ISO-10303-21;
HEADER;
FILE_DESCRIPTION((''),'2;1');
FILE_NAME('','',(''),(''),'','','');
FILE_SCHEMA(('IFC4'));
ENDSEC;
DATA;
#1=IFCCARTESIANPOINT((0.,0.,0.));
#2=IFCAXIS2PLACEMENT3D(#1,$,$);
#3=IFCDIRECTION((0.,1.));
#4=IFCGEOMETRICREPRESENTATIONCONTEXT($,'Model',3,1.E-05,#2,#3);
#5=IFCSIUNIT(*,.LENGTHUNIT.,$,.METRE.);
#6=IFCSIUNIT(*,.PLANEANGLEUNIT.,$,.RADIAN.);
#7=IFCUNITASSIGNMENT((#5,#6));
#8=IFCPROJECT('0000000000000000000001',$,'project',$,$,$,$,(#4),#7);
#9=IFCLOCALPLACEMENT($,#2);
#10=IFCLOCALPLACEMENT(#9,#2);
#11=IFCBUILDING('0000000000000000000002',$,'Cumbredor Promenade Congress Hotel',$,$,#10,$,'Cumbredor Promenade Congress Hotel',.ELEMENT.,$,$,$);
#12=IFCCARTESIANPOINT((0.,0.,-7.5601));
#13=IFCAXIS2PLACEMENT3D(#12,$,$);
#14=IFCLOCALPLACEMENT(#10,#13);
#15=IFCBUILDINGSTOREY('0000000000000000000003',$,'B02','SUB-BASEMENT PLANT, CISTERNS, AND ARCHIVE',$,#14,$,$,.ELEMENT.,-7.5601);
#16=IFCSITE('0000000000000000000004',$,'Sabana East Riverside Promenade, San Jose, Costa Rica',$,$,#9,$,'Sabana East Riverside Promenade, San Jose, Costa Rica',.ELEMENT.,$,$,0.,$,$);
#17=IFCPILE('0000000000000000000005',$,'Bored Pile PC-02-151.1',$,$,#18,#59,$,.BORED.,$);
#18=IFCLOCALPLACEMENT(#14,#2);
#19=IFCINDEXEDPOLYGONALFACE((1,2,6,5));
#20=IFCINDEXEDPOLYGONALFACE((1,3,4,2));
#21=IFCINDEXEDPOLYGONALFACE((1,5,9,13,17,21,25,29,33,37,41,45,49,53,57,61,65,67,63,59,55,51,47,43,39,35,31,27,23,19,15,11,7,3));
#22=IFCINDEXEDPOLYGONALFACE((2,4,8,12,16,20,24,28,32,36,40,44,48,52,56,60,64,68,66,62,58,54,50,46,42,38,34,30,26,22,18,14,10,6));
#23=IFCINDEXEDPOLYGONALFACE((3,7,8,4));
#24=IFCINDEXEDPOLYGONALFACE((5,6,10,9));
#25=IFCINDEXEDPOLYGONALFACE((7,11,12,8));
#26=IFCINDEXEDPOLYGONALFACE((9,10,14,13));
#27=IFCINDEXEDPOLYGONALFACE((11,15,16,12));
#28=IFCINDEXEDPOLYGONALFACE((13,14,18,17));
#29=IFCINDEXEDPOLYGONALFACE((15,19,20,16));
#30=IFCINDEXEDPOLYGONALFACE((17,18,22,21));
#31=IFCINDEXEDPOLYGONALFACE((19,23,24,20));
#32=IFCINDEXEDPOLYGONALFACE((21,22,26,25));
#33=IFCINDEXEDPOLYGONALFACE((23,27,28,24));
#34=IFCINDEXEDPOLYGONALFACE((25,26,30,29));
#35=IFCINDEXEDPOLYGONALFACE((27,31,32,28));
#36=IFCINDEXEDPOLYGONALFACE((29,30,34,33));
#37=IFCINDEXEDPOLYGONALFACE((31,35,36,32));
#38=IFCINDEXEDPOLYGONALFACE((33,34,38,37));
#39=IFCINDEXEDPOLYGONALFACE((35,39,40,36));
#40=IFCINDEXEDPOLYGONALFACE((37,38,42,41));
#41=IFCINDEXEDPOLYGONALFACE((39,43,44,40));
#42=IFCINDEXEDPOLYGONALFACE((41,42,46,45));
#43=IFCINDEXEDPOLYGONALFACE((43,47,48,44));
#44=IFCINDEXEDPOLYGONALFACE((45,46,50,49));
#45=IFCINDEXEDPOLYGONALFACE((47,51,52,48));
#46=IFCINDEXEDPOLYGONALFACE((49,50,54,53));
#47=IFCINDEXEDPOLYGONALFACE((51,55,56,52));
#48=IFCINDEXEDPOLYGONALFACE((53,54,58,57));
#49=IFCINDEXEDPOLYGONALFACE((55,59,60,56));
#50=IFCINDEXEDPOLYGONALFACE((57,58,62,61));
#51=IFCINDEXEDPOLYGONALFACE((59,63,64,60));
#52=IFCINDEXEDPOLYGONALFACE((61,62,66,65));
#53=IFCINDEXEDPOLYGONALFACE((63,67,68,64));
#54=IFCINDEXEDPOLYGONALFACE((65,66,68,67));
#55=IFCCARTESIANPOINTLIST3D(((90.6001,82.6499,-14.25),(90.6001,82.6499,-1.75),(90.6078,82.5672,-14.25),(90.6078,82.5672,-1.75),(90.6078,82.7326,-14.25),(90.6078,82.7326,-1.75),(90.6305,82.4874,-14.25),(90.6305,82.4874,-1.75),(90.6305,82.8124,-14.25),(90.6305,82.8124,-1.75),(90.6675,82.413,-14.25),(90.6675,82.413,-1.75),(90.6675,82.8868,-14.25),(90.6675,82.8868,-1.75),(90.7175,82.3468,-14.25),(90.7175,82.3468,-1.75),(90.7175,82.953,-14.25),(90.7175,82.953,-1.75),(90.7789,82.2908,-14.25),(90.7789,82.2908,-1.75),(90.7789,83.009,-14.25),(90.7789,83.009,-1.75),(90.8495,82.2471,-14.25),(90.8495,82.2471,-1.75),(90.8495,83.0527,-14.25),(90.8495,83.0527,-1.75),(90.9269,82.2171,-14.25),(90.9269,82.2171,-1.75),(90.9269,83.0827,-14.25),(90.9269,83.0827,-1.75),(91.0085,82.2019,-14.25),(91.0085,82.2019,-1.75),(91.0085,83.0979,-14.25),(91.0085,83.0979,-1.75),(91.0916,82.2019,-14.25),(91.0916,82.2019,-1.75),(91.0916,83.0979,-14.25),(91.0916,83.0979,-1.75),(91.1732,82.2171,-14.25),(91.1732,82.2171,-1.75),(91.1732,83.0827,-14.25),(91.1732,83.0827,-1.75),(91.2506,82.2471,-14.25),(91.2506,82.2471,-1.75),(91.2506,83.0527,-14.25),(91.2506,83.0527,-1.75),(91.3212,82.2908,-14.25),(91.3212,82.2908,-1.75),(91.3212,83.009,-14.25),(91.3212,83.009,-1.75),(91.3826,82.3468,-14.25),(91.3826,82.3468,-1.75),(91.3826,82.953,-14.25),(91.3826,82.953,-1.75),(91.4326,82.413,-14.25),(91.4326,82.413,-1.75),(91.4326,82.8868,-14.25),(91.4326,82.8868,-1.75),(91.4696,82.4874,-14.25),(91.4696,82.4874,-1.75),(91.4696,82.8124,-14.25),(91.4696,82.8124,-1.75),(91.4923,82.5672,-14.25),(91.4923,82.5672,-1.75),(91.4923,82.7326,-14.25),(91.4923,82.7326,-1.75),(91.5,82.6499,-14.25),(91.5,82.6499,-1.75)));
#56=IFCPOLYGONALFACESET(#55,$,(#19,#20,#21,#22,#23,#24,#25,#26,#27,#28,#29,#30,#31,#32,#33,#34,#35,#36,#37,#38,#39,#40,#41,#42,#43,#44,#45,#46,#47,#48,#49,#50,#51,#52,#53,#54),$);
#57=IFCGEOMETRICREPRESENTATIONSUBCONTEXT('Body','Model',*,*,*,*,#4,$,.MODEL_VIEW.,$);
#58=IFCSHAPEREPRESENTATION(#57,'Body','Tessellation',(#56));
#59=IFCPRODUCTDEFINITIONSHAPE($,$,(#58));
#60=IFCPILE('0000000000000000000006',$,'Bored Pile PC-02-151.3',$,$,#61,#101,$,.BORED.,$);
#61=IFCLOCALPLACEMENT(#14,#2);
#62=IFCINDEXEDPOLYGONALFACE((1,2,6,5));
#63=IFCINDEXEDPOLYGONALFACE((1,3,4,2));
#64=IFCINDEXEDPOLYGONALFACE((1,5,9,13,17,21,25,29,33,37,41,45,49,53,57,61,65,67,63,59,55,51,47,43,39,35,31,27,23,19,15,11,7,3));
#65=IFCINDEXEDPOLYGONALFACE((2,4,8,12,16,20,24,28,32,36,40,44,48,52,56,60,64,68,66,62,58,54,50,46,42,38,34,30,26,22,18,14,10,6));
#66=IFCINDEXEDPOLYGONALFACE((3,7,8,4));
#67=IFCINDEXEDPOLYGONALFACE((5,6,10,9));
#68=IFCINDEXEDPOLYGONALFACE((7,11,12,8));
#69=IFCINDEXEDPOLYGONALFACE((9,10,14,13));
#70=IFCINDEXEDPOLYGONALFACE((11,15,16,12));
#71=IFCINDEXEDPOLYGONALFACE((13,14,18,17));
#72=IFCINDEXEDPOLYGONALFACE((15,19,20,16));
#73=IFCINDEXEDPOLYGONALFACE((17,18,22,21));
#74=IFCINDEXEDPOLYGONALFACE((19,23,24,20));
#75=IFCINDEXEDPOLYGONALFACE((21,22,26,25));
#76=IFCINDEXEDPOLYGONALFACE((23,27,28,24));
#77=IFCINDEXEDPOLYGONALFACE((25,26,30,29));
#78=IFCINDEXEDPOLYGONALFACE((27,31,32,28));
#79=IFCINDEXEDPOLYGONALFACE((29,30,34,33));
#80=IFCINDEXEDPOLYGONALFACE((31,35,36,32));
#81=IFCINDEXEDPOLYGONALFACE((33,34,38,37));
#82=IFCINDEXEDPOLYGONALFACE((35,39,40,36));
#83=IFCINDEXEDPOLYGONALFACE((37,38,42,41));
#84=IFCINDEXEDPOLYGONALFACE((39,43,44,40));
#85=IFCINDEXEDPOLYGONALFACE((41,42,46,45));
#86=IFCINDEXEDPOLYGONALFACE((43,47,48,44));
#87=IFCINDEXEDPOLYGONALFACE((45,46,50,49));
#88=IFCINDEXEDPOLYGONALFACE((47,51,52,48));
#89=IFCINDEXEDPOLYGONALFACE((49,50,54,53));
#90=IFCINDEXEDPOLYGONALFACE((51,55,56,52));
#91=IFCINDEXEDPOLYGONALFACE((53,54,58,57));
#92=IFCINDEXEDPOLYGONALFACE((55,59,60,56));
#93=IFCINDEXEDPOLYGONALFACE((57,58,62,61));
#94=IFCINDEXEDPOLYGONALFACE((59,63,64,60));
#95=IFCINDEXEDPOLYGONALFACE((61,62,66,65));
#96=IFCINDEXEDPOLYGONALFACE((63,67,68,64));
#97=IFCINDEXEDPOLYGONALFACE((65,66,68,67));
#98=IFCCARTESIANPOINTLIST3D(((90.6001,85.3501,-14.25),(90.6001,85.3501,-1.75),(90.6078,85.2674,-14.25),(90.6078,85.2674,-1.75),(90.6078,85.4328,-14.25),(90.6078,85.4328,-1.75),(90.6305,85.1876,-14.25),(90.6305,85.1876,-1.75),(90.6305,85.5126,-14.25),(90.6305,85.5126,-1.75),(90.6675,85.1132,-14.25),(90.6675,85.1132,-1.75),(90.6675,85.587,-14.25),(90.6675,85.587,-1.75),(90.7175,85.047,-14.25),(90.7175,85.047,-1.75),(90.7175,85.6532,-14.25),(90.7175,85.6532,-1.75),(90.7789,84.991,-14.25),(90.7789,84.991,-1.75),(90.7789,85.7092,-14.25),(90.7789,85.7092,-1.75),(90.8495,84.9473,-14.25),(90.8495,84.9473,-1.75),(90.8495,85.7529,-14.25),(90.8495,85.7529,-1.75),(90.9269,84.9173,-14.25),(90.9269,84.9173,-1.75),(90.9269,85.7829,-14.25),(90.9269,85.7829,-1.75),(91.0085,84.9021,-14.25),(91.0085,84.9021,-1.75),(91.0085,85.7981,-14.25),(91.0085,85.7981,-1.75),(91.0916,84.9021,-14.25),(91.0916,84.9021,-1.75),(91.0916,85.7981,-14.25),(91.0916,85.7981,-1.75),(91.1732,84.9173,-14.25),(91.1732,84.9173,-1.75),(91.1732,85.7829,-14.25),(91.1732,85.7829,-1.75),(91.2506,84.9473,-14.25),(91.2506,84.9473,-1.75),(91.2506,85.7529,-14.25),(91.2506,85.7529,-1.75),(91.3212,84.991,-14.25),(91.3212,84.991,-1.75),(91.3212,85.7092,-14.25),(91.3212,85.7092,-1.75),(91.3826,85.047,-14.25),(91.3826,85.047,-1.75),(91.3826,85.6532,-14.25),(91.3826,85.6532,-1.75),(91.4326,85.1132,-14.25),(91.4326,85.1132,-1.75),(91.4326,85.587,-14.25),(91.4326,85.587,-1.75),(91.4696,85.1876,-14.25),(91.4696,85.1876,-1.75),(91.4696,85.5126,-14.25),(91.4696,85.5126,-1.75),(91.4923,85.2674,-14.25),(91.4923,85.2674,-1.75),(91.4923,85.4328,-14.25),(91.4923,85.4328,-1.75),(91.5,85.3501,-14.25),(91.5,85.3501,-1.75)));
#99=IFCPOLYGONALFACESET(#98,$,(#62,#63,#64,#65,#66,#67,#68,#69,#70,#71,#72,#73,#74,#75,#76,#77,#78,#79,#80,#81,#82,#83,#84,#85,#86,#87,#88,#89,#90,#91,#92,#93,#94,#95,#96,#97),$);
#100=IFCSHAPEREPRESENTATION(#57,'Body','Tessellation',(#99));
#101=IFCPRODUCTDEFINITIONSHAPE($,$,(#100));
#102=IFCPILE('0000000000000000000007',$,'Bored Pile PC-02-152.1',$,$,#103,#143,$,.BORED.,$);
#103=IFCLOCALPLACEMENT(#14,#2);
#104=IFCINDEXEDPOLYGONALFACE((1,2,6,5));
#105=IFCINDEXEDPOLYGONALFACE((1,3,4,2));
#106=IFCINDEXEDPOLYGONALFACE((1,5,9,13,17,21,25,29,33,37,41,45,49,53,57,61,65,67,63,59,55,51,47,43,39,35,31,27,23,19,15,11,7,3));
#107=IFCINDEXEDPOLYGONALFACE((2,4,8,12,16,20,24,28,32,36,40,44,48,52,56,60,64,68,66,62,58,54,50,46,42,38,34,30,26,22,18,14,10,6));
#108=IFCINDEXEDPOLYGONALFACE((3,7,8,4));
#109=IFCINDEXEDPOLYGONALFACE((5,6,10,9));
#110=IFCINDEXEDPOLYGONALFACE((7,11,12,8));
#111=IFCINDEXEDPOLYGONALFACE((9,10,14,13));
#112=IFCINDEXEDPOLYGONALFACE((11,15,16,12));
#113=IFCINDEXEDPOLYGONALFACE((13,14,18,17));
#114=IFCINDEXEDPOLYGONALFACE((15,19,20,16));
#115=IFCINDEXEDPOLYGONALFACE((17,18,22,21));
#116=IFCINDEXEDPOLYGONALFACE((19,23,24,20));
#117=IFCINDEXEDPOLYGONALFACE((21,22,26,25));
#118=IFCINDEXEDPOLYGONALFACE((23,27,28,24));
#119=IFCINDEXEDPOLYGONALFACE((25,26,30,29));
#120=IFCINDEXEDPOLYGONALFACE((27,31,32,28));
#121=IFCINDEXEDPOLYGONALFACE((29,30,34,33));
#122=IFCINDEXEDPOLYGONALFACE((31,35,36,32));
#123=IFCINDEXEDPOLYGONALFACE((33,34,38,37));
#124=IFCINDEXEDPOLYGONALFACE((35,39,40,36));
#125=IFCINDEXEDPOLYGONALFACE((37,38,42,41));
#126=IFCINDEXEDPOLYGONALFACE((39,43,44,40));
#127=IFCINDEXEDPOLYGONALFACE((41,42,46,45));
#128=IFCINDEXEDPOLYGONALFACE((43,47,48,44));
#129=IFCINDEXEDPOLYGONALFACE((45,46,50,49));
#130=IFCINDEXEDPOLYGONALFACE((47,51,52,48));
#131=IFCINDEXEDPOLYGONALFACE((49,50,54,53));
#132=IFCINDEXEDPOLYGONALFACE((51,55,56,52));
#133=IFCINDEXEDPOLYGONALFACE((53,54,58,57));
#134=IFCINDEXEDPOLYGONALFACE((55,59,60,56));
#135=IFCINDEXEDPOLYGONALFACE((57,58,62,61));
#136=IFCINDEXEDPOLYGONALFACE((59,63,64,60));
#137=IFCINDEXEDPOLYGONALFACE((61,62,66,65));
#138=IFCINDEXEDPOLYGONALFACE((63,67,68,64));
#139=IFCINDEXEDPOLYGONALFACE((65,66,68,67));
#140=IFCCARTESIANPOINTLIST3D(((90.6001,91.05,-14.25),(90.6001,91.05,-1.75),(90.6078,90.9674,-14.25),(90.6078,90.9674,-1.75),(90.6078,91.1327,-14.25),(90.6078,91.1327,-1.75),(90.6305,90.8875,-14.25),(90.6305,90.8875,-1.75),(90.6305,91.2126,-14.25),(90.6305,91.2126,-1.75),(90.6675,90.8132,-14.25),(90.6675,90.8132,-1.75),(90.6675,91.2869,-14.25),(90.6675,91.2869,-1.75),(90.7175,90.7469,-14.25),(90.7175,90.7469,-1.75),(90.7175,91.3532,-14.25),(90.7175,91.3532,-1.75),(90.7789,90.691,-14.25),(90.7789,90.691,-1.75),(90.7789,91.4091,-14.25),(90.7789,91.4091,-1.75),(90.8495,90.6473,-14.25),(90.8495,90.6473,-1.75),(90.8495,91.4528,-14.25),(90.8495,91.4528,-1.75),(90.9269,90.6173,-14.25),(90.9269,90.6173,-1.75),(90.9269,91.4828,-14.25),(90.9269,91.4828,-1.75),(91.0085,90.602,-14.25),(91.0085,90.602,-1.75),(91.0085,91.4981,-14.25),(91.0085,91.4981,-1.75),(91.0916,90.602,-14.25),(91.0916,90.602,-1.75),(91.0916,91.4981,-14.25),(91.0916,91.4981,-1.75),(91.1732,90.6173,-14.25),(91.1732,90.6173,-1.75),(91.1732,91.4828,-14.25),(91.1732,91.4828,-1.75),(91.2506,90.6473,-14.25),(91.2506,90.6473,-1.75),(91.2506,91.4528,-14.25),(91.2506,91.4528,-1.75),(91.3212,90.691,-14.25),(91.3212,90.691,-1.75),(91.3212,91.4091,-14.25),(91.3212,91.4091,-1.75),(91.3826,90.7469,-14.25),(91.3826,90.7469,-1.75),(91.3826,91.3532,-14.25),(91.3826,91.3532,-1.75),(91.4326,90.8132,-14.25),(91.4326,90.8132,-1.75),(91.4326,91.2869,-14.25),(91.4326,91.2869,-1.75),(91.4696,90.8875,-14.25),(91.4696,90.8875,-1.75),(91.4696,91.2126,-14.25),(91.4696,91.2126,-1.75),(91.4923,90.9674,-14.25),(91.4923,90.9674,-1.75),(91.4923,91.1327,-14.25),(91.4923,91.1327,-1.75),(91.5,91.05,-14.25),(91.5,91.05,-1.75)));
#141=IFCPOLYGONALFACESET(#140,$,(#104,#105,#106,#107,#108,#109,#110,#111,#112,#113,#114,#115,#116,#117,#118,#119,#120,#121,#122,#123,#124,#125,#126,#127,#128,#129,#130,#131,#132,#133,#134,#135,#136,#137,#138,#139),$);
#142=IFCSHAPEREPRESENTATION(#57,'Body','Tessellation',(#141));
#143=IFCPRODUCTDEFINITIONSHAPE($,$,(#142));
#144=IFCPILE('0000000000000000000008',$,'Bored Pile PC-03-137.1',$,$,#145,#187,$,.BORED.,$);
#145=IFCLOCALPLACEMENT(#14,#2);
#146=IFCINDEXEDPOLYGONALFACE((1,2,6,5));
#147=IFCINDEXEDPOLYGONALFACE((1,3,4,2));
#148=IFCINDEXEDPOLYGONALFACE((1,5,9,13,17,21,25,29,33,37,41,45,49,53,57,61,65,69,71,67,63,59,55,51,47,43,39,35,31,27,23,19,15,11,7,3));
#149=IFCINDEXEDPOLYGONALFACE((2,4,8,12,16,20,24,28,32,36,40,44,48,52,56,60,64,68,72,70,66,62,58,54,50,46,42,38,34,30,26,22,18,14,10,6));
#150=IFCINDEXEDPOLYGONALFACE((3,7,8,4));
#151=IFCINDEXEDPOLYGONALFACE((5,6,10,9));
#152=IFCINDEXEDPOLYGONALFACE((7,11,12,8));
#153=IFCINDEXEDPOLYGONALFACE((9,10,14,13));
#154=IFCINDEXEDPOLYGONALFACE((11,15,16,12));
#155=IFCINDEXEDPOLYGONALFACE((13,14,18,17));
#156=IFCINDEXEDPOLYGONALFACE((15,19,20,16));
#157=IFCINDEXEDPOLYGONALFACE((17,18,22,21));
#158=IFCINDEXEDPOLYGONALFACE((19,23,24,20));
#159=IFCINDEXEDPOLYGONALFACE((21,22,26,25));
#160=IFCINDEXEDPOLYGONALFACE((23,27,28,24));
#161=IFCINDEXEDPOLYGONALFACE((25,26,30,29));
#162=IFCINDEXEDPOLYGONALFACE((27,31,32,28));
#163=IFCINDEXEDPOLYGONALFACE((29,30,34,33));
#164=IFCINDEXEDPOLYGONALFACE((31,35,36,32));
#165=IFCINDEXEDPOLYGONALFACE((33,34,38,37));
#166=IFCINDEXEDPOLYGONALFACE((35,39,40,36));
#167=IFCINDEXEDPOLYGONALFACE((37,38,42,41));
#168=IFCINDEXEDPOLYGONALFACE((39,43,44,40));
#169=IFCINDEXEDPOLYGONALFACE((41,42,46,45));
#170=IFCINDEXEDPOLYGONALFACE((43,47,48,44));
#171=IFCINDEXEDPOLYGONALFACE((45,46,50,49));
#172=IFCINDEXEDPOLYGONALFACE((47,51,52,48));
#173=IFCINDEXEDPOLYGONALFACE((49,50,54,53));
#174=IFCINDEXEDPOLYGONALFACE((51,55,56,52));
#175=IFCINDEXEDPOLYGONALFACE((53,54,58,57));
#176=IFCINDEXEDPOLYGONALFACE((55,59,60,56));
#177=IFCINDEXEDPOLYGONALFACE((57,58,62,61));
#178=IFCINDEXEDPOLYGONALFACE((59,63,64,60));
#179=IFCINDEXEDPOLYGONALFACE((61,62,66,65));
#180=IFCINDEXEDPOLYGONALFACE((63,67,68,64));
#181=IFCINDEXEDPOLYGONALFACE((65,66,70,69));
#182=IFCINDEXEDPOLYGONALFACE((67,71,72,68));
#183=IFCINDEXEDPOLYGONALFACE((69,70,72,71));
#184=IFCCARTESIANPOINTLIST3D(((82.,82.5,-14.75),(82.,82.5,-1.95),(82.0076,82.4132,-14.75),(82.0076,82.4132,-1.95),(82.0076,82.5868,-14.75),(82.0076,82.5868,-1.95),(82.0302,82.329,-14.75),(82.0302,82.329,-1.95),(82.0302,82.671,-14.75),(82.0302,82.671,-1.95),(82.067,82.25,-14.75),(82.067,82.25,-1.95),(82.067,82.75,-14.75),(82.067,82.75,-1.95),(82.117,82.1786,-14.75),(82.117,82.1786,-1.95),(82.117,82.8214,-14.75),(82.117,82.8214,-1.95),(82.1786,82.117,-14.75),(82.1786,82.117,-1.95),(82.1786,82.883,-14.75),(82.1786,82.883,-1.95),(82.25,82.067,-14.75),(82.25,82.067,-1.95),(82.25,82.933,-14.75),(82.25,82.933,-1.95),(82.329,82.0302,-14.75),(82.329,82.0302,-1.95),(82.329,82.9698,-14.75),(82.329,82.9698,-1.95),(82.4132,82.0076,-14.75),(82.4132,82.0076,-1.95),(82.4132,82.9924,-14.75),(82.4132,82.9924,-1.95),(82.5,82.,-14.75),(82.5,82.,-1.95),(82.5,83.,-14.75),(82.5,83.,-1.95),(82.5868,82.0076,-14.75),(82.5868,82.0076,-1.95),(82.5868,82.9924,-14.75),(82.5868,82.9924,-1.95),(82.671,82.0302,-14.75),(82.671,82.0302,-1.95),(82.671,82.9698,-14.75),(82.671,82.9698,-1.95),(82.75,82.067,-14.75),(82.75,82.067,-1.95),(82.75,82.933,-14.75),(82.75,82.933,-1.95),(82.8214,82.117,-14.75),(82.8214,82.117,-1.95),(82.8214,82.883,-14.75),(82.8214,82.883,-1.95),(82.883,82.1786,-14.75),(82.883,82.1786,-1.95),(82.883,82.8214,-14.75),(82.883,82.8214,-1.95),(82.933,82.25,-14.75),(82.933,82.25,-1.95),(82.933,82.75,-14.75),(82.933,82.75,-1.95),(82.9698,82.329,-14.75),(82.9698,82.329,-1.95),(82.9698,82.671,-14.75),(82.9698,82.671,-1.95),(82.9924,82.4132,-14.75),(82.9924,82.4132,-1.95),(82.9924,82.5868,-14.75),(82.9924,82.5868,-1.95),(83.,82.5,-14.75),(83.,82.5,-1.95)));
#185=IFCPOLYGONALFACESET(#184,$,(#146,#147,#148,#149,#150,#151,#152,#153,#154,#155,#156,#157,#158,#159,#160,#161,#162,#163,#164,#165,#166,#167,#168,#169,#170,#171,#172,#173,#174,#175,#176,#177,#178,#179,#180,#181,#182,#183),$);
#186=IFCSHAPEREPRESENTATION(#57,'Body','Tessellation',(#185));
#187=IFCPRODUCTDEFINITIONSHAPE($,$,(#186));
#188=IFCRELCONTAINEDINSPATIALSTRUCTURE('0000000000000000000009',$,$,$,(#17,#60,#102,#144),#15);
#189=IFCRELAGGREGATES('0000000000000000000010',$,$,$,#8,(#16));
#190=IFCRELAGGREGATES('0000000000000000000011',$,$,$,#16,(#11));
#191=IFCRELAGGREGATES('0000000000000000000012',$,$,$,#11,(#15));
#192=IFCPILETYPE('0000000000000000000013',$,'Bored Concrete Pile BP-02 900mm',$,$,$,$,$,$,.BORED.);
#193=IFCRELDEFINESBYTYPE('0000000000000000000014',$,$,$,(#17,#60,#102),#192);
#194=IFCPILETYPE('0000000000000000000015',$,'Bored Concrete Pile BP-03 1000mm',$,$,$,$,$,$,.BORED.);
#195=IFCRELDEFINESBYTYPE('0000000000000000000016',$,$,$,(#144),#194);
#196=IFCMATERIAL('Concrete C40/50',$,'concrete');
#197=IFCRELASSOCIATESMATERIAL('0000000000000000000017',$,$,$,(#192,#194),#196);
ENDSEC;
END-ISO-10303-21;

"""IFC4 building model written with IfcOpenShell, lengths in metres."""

from ifc_helpers import new_model, si_unit, direction, frame, origin, origin_2d, place, context, subcontext, project, spatial, circle, extrude, material, material_profile, profile_set, type_object, element, save


model = new_model("IFC4")

# Units and contexts
model_context = context("Model", 3, precision=1e-05, world=origin(), true_north=direction((0.0, 1.0)))
body_context = subcontext(model_context, "Body", "Model", "MODEL_VIEW")
ifc_project = project(units=[si_unit("LENGTHUNIT", "METRE"), si_unit("PLANEANGLEUNIT", "RADIAN")], contexts=[model_context])

# Site, building, storey
site_placement = place(None, origin())
site = spatial("IfcSite", under=ifc_project, at=site_placement, Name="Sabana East Riverside Promenade, San Jose, Costa Rica", LongName="Sabana East Riverside Promenade, San Jose, Costa Rica", CompositionType="ELEMENT", RefElevation=0.0)
building_placement = place(site_placement, origin())
building = spatial("IfcBuilding", under=site, at=building_placement, Name="Cumbredor Promenade Congress Hotel", LongName="Cumbredor Promenade Congress Hotel", CompositionType="ELEMENT")
storey_placement = place(building_placement, frame((0.0, 0.0, -7.5601)))
storey = spatial("IfcBuildingStorey", under=building, at=storey_placement, Name="B02", Description="SUB-BASEMENT PLANT, CISTERNS, AND ARCHIVE", CompositionType="ELEMENT", Elevation=-7.5601)

# Piles
ifc_material_1 = material(Name="Concrete C40/50", Category="concrete")
ifc_material_profile_1 = material_profile(ifc_material_1, circle(Radius=0.45, at=origin_2d()), Name="PILE D900")
ifc_profile_set_1 = profile_set([ifc_material_profile_1], Name="Concrete C40/50")
pile_type_1 = type_object("IfcPileType", Name="Bored Concrete Pile BP-02 900mm", PredefinedType="BORED", material=ifc_profile_set_1)
for number, where, z_axis, x_axis, name in (
    (1, (91.05, 82.6499, -1.75), (0.0, 0.0, -1.0), (1.0, 0.0, 0.0), "Bored Pile PC-02-151.1"),
    (2, (91.05, 85.3501, -1.75), (0.0, 0.0, -1.0), (1.0, 0.0, 0.0), "Bored Pile PC-02-151.3"),
    (3, (91.05, 91.05, -1.75), (0.0, 0.0, -1.0), (1.0, 0.0, 0.0), "Bored Pile PC-02-152.1"),
):
    element("IfcPile", number, at=place(storey_placement, frame(where, z_axis=z_axis, x_axis=x_axis)), inside=storey, type_object=pile_type_1, Name=name, PredefinedType="BORED", context=body_context, shape_type="SweptSolid", body=[
        extrude(circle(Radius=0.45, at=origin_2d()), origin(), (0.0, 0.0, 1.0), 12.5),
    ])
ifc_material_profile_2 = material_profile(ifc_material_1, circle(Radius=0.5, at=origin_2d()), Name="PILE D1000")
ifc_profile_set_2 = profile_set([ifc_material_profile_2], Name="Concrete C40/50")
pile_type_2 = type_object("IfcPileType", Name="Bored Concrete Pile BP-03 1000mm", PredefinedType="BORED", material=ifc_profile_set_2)
for number, where, z_axis, x_axis, name in (
    (4, (82.5, 82.5, -1.95), (0.0, 0.0, -1.0), (1.0, 0.0, 0.0), "Bored Pile PC-03-137.1"),
):
    element("IfcPile", number, at=place(storey_placement, frame(where, z_axis=z_axis, x_axis=x_axis)), inside=storey, type_object=pile_type_2, Name=name, PredefinedType="BORED", context=body_context, shape_type="SweptSolid", body=[
        extrude(circle(Radius=0.5, at=origin_2d()), origin(), (0.0, 0.0, 1.0), 12.8),
    ])

save(model, "model.ifc")
